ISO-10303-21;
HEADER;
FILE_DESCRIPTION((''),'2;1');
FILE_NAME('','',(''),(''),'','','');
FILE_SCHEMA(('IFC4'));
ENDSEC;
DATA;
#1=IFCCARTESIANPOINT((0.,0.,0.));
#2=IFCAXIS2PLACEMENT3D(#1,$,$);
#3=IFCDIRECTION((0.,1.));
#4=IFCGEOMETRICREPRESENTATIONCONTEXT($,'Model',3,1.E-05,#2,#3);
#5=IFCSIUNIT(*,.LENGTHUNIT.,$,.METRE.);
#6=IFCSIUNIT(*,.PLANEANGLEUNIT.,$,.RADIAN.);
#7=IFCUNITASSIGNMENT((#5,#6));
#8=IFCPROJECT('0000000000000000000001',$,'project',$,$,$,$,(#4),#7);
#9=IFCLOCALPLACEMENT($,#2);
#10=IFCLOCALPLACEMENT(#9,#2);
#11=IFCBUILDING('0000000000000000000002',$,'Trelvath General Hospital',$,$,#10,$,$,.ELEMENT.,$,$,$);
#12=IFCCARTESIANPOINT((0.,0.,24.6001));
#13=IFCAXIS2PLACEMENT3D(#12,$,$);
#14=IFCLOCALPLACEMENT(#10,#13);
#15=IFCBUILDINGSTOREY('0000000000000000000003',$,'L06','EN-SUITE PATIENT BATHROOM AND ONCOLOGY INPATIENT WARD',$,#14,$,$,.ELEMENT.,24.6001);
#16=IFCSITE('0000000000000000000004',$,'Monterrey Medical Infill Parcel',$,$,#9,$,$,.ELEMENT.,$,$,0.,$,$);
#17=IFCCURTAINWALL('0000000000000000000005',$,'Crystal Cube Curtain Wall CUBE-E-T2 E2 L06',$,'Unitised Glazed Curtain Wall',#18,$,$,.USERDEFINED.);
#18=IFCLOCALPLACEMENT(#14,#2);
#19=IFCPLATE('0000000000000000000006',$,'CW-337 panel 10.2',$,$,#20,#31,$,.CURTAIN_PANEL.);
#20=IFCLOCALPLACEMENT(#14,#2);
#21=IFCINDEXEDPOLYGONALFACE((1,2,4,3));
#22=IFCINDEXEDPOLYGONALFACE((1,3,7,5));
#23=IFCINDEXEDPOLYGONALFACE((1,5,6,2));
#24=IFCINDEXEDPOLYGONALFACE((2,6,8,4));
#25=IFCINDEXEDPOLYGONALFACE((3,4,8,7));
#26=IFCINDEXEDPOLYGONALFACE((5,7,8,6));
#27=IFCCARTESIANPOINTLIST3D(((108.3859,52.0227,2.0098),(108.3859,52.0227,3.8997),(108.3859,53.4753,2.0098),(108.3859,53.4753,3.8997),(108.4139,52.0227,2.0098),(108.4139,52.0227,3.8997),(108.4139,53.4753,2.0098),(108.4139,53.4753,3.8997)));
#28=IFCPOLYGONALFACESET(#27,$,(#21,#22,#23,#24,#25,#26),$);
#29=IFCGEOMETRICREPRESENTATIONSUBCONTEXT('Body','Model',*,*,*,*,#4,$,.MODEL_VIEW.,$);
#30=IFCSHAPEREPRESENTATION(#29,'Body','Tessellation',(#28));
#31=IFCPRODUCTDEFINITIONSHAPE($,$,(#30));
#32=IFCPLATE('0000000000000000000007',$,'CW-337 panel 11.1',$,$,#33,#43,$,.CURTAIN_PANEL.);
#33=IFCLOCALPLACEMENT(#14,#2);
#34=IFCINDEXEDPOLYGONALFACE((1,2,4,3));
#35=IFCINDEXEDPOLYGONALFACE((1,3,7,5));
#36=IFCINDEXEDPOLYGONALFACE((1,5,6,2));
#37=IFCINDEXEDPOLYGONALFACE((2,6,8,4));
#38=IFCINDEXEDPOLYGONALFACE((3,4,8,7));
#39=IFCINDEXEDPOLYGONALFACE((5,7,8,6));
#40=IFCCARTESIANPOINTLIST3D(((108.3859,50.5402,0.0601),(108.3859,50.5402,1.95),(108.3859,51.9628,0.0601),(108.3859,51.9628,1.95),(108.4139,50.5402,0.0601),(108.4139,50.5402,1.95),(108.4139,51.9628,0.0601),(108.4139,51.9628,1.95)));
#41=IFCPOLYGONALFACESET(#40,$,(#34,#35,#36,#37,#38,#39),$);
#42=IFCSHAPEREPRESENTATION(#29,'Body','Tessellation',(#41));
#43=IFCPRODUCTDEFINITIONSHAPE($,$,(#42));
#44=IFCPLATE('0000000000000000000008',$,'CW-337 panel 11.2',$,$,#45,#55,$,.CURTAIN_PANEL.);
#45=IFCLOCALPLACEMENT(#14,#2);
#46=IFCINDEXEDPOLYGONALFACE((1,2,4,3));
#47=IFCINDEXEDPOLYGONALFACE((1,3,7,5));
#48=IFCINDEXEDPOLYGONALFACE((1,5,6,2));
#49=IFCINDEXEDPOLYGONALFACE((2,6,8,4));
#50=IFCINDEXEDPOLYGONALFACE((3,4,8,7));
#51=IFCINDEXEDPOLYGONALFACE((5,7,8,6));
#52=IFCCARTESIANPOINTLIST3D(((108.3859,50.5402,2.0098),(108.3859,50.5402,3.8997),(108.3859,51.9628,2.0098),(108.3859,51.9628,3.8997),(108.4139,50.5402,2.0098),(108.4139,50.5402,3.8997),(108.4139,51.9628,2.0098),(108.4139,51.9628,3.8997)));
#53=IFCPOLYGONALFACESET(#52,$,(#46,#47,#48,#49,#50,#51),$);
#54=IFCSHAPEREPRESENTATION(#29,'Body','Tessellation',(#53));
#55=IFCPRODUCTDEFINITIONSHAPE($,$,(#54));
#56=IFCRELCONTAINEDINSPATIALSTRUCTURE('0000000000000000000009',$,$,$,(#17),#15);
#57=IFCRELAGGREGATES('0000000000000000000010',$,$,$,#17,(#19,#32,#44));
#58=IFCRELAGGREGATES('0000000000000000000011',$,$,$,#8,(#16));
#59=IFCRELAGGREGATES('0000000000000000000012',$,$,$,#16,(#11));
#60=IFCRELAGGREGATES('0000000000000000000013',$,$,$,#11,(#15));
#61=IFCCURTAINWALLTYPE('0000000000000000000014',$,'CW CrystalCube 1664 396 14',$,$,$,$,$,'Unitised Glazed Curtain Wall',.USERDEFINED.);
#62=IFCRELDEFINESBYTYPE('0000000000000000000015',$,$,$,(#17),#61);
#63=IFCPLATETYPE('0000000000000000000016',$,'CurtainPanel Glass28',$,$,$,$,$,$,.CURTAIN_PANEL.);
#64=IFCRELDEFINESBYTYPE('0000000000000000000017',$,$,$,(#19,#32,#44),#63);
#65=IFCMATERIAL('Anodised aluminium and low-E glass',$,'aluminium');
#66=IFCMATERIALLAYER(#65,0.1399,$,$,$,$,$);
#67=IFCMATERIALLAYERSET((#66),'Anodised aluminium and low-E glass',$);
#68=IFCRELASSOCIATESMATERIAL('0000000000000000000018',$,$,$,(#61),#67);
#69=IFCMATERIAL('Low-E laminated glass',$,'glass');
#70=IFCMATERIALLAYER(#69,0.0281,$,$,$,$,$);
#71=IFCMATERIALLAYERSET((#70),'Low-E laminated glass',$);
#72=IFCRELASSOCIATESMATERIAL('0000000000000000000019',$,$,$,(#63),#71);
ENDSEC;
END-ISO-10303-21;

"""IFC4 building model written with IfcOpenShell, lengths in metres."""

from ifc_helpers import new_model, si_unit, direction, frame, origin, origin_2d, place, context, subcontext, project, spatial, rectangle, extrude, material, layer, layer_set, type_object, element, aggregate, save


model = new_model("IFC4")

# Units and contexts
model_context = context("Model", 3, precision=1e-05, world=origin(), true_north=direction((0.0, 1.0)))
body_context = subcontext(model_context, "Body", "Model", "MODEL_VIEW")
ifc_project = project(units=[si_unit("LENGTHUNIT", "METRE"), si_unit("PLANEANGLEUNIT", "RADIAN")], contexts=[model_context])

# Site, building, storey
site_placement = place(None, origin())
site = spatial("IfcSite", under=ifc_project, at=site_placement, Name="Monterrey Medical Infill Parcel", CompositionType="ELEMENT", RefElevation=0.0)
building_placement = place(site_placement, origin())
building = spatial("IfcBuilding", under=site, at=building_placement, Name="Trelvath General Hospital", CompositionType="ELEMENT")
storey_placement = place(building_placement, frame((0.0, 0.0, 24.6001)))
storey = spatial("IfcBuildingStorey", under=building, at=storey_placement, Name="L06", Description="EN-SUITE PATIENT BATHROOM AND ONCOLOGY INPATIENT WARD", CompositionType="ELEMENT", Elevation=24.6001)

# Curtain wall
ifc_material_1 = material(Name="Anodised aluminium and low-E glass", Category="aluminium")
ifc_layer_1 = layer(ifc_material_1, 0.1399)
ifc_layer_set_1 = layer_set([ifc_layer_1], Name="Anodised aluminium and low-E glass")
curtain_wall_type_1 = type_object("IfcCurtainWallType", Name="CW CrystalCube 1664 396 14", ElementType="Unitised Glazed Curtain Wall", PredefinedType="USERDEFINED", material=ifc_layer_set_1)
curtain_wall_1_placement = place(storey_placement, origin())
curtain_wall_1 = element("IfcCurtainWall", 1, at=curtain_wall_1_placement, inside=storey, type_object=curtain_wall_type_1, Name="Crystal Cube Curtain Wall CUBE-E-T2 E2 L06", ObjectType="Unitised Glazed Curtain Wall", PredefinedType="USERDEFINED")

# Plates
ifc_material_2 = material(Name="Low-E laminated glass", Category="glass")
ifc_layer_2 = layer(ifc_material_2, 0.0281)
ifc_layer_set_2 = layer_set([ifc_layer_2], Name="Low-E laminated glass")
plate_type = type_object("IfcPlateType", Name="CurtainPanel Glass28", PredefinedType="CURTAIN_PANEL", material=ifc_layer_set_2)
plate_1_placement = place(storey_placement, frame((108.3999, 52.749, 2.0098), z_axis=(0.0, 0.0, 1.0), x_axis=(0.0, -1.0, 0.0)))
plate_1 = element("IfcPlate", 2, at=plate_1_placement, type_object=plate_type, Name="CW-337 panel 10.2", PredefinedType="CURTAIN_PANEL", context=body_context, shape_type="SweptSolid", body=[
    extrude(rectangle(XDim=1.4526, YDim=0.0281, at=origin_2d()), origin(), (0.0, 0.0, 1.0), 1.8899),
])
plate_2_placement = place(storey_placement, frame((108.3999, 51.2515, 0.0601), z_axis=(0.0, 0.0, 1.0), x_axis=(0.0, -1.0, 0.0)))
plate_2 = element("IfcPlate", 3, at=plate_2_placement, type_object=plate_type, Name="CW-337 panel 11.1", PredefinedType="CURTAIN_PANEL", context=body_context, shape_type="SweptSolid", body=[
    extrude(rectangle(XDim=1.4226, YDim=0.0281, at=origin_2d()), origin(), (0.0, 0.0, 1.0), 1.8899),
])
plate_3_placement = place(storey_placement, frame((108.3999, 51.2515, 2.0098), z_axis=(0.0, 0.0, 1.0), x_axis=(0.0, -1.0, 0.0)))
plate_3 = element("IfcPlate", 4, at=plate_3_placement, type_object=plate_type, Name="CW-337 panel 11.2", PredefinedType="CURTAIN_PANEL", context=body_context, shape_type="SweptSolid", body=[
    extrude(rectangle(XDim=1.4226, YDim=0.0281, at=origin_2d()), origin(), (0.0, 0.0, 1.0), 1.8899),
])
aggregate(curtain_wall_1, [plate_1, plate_2, plate_3])

save(model, "model.ifc")
